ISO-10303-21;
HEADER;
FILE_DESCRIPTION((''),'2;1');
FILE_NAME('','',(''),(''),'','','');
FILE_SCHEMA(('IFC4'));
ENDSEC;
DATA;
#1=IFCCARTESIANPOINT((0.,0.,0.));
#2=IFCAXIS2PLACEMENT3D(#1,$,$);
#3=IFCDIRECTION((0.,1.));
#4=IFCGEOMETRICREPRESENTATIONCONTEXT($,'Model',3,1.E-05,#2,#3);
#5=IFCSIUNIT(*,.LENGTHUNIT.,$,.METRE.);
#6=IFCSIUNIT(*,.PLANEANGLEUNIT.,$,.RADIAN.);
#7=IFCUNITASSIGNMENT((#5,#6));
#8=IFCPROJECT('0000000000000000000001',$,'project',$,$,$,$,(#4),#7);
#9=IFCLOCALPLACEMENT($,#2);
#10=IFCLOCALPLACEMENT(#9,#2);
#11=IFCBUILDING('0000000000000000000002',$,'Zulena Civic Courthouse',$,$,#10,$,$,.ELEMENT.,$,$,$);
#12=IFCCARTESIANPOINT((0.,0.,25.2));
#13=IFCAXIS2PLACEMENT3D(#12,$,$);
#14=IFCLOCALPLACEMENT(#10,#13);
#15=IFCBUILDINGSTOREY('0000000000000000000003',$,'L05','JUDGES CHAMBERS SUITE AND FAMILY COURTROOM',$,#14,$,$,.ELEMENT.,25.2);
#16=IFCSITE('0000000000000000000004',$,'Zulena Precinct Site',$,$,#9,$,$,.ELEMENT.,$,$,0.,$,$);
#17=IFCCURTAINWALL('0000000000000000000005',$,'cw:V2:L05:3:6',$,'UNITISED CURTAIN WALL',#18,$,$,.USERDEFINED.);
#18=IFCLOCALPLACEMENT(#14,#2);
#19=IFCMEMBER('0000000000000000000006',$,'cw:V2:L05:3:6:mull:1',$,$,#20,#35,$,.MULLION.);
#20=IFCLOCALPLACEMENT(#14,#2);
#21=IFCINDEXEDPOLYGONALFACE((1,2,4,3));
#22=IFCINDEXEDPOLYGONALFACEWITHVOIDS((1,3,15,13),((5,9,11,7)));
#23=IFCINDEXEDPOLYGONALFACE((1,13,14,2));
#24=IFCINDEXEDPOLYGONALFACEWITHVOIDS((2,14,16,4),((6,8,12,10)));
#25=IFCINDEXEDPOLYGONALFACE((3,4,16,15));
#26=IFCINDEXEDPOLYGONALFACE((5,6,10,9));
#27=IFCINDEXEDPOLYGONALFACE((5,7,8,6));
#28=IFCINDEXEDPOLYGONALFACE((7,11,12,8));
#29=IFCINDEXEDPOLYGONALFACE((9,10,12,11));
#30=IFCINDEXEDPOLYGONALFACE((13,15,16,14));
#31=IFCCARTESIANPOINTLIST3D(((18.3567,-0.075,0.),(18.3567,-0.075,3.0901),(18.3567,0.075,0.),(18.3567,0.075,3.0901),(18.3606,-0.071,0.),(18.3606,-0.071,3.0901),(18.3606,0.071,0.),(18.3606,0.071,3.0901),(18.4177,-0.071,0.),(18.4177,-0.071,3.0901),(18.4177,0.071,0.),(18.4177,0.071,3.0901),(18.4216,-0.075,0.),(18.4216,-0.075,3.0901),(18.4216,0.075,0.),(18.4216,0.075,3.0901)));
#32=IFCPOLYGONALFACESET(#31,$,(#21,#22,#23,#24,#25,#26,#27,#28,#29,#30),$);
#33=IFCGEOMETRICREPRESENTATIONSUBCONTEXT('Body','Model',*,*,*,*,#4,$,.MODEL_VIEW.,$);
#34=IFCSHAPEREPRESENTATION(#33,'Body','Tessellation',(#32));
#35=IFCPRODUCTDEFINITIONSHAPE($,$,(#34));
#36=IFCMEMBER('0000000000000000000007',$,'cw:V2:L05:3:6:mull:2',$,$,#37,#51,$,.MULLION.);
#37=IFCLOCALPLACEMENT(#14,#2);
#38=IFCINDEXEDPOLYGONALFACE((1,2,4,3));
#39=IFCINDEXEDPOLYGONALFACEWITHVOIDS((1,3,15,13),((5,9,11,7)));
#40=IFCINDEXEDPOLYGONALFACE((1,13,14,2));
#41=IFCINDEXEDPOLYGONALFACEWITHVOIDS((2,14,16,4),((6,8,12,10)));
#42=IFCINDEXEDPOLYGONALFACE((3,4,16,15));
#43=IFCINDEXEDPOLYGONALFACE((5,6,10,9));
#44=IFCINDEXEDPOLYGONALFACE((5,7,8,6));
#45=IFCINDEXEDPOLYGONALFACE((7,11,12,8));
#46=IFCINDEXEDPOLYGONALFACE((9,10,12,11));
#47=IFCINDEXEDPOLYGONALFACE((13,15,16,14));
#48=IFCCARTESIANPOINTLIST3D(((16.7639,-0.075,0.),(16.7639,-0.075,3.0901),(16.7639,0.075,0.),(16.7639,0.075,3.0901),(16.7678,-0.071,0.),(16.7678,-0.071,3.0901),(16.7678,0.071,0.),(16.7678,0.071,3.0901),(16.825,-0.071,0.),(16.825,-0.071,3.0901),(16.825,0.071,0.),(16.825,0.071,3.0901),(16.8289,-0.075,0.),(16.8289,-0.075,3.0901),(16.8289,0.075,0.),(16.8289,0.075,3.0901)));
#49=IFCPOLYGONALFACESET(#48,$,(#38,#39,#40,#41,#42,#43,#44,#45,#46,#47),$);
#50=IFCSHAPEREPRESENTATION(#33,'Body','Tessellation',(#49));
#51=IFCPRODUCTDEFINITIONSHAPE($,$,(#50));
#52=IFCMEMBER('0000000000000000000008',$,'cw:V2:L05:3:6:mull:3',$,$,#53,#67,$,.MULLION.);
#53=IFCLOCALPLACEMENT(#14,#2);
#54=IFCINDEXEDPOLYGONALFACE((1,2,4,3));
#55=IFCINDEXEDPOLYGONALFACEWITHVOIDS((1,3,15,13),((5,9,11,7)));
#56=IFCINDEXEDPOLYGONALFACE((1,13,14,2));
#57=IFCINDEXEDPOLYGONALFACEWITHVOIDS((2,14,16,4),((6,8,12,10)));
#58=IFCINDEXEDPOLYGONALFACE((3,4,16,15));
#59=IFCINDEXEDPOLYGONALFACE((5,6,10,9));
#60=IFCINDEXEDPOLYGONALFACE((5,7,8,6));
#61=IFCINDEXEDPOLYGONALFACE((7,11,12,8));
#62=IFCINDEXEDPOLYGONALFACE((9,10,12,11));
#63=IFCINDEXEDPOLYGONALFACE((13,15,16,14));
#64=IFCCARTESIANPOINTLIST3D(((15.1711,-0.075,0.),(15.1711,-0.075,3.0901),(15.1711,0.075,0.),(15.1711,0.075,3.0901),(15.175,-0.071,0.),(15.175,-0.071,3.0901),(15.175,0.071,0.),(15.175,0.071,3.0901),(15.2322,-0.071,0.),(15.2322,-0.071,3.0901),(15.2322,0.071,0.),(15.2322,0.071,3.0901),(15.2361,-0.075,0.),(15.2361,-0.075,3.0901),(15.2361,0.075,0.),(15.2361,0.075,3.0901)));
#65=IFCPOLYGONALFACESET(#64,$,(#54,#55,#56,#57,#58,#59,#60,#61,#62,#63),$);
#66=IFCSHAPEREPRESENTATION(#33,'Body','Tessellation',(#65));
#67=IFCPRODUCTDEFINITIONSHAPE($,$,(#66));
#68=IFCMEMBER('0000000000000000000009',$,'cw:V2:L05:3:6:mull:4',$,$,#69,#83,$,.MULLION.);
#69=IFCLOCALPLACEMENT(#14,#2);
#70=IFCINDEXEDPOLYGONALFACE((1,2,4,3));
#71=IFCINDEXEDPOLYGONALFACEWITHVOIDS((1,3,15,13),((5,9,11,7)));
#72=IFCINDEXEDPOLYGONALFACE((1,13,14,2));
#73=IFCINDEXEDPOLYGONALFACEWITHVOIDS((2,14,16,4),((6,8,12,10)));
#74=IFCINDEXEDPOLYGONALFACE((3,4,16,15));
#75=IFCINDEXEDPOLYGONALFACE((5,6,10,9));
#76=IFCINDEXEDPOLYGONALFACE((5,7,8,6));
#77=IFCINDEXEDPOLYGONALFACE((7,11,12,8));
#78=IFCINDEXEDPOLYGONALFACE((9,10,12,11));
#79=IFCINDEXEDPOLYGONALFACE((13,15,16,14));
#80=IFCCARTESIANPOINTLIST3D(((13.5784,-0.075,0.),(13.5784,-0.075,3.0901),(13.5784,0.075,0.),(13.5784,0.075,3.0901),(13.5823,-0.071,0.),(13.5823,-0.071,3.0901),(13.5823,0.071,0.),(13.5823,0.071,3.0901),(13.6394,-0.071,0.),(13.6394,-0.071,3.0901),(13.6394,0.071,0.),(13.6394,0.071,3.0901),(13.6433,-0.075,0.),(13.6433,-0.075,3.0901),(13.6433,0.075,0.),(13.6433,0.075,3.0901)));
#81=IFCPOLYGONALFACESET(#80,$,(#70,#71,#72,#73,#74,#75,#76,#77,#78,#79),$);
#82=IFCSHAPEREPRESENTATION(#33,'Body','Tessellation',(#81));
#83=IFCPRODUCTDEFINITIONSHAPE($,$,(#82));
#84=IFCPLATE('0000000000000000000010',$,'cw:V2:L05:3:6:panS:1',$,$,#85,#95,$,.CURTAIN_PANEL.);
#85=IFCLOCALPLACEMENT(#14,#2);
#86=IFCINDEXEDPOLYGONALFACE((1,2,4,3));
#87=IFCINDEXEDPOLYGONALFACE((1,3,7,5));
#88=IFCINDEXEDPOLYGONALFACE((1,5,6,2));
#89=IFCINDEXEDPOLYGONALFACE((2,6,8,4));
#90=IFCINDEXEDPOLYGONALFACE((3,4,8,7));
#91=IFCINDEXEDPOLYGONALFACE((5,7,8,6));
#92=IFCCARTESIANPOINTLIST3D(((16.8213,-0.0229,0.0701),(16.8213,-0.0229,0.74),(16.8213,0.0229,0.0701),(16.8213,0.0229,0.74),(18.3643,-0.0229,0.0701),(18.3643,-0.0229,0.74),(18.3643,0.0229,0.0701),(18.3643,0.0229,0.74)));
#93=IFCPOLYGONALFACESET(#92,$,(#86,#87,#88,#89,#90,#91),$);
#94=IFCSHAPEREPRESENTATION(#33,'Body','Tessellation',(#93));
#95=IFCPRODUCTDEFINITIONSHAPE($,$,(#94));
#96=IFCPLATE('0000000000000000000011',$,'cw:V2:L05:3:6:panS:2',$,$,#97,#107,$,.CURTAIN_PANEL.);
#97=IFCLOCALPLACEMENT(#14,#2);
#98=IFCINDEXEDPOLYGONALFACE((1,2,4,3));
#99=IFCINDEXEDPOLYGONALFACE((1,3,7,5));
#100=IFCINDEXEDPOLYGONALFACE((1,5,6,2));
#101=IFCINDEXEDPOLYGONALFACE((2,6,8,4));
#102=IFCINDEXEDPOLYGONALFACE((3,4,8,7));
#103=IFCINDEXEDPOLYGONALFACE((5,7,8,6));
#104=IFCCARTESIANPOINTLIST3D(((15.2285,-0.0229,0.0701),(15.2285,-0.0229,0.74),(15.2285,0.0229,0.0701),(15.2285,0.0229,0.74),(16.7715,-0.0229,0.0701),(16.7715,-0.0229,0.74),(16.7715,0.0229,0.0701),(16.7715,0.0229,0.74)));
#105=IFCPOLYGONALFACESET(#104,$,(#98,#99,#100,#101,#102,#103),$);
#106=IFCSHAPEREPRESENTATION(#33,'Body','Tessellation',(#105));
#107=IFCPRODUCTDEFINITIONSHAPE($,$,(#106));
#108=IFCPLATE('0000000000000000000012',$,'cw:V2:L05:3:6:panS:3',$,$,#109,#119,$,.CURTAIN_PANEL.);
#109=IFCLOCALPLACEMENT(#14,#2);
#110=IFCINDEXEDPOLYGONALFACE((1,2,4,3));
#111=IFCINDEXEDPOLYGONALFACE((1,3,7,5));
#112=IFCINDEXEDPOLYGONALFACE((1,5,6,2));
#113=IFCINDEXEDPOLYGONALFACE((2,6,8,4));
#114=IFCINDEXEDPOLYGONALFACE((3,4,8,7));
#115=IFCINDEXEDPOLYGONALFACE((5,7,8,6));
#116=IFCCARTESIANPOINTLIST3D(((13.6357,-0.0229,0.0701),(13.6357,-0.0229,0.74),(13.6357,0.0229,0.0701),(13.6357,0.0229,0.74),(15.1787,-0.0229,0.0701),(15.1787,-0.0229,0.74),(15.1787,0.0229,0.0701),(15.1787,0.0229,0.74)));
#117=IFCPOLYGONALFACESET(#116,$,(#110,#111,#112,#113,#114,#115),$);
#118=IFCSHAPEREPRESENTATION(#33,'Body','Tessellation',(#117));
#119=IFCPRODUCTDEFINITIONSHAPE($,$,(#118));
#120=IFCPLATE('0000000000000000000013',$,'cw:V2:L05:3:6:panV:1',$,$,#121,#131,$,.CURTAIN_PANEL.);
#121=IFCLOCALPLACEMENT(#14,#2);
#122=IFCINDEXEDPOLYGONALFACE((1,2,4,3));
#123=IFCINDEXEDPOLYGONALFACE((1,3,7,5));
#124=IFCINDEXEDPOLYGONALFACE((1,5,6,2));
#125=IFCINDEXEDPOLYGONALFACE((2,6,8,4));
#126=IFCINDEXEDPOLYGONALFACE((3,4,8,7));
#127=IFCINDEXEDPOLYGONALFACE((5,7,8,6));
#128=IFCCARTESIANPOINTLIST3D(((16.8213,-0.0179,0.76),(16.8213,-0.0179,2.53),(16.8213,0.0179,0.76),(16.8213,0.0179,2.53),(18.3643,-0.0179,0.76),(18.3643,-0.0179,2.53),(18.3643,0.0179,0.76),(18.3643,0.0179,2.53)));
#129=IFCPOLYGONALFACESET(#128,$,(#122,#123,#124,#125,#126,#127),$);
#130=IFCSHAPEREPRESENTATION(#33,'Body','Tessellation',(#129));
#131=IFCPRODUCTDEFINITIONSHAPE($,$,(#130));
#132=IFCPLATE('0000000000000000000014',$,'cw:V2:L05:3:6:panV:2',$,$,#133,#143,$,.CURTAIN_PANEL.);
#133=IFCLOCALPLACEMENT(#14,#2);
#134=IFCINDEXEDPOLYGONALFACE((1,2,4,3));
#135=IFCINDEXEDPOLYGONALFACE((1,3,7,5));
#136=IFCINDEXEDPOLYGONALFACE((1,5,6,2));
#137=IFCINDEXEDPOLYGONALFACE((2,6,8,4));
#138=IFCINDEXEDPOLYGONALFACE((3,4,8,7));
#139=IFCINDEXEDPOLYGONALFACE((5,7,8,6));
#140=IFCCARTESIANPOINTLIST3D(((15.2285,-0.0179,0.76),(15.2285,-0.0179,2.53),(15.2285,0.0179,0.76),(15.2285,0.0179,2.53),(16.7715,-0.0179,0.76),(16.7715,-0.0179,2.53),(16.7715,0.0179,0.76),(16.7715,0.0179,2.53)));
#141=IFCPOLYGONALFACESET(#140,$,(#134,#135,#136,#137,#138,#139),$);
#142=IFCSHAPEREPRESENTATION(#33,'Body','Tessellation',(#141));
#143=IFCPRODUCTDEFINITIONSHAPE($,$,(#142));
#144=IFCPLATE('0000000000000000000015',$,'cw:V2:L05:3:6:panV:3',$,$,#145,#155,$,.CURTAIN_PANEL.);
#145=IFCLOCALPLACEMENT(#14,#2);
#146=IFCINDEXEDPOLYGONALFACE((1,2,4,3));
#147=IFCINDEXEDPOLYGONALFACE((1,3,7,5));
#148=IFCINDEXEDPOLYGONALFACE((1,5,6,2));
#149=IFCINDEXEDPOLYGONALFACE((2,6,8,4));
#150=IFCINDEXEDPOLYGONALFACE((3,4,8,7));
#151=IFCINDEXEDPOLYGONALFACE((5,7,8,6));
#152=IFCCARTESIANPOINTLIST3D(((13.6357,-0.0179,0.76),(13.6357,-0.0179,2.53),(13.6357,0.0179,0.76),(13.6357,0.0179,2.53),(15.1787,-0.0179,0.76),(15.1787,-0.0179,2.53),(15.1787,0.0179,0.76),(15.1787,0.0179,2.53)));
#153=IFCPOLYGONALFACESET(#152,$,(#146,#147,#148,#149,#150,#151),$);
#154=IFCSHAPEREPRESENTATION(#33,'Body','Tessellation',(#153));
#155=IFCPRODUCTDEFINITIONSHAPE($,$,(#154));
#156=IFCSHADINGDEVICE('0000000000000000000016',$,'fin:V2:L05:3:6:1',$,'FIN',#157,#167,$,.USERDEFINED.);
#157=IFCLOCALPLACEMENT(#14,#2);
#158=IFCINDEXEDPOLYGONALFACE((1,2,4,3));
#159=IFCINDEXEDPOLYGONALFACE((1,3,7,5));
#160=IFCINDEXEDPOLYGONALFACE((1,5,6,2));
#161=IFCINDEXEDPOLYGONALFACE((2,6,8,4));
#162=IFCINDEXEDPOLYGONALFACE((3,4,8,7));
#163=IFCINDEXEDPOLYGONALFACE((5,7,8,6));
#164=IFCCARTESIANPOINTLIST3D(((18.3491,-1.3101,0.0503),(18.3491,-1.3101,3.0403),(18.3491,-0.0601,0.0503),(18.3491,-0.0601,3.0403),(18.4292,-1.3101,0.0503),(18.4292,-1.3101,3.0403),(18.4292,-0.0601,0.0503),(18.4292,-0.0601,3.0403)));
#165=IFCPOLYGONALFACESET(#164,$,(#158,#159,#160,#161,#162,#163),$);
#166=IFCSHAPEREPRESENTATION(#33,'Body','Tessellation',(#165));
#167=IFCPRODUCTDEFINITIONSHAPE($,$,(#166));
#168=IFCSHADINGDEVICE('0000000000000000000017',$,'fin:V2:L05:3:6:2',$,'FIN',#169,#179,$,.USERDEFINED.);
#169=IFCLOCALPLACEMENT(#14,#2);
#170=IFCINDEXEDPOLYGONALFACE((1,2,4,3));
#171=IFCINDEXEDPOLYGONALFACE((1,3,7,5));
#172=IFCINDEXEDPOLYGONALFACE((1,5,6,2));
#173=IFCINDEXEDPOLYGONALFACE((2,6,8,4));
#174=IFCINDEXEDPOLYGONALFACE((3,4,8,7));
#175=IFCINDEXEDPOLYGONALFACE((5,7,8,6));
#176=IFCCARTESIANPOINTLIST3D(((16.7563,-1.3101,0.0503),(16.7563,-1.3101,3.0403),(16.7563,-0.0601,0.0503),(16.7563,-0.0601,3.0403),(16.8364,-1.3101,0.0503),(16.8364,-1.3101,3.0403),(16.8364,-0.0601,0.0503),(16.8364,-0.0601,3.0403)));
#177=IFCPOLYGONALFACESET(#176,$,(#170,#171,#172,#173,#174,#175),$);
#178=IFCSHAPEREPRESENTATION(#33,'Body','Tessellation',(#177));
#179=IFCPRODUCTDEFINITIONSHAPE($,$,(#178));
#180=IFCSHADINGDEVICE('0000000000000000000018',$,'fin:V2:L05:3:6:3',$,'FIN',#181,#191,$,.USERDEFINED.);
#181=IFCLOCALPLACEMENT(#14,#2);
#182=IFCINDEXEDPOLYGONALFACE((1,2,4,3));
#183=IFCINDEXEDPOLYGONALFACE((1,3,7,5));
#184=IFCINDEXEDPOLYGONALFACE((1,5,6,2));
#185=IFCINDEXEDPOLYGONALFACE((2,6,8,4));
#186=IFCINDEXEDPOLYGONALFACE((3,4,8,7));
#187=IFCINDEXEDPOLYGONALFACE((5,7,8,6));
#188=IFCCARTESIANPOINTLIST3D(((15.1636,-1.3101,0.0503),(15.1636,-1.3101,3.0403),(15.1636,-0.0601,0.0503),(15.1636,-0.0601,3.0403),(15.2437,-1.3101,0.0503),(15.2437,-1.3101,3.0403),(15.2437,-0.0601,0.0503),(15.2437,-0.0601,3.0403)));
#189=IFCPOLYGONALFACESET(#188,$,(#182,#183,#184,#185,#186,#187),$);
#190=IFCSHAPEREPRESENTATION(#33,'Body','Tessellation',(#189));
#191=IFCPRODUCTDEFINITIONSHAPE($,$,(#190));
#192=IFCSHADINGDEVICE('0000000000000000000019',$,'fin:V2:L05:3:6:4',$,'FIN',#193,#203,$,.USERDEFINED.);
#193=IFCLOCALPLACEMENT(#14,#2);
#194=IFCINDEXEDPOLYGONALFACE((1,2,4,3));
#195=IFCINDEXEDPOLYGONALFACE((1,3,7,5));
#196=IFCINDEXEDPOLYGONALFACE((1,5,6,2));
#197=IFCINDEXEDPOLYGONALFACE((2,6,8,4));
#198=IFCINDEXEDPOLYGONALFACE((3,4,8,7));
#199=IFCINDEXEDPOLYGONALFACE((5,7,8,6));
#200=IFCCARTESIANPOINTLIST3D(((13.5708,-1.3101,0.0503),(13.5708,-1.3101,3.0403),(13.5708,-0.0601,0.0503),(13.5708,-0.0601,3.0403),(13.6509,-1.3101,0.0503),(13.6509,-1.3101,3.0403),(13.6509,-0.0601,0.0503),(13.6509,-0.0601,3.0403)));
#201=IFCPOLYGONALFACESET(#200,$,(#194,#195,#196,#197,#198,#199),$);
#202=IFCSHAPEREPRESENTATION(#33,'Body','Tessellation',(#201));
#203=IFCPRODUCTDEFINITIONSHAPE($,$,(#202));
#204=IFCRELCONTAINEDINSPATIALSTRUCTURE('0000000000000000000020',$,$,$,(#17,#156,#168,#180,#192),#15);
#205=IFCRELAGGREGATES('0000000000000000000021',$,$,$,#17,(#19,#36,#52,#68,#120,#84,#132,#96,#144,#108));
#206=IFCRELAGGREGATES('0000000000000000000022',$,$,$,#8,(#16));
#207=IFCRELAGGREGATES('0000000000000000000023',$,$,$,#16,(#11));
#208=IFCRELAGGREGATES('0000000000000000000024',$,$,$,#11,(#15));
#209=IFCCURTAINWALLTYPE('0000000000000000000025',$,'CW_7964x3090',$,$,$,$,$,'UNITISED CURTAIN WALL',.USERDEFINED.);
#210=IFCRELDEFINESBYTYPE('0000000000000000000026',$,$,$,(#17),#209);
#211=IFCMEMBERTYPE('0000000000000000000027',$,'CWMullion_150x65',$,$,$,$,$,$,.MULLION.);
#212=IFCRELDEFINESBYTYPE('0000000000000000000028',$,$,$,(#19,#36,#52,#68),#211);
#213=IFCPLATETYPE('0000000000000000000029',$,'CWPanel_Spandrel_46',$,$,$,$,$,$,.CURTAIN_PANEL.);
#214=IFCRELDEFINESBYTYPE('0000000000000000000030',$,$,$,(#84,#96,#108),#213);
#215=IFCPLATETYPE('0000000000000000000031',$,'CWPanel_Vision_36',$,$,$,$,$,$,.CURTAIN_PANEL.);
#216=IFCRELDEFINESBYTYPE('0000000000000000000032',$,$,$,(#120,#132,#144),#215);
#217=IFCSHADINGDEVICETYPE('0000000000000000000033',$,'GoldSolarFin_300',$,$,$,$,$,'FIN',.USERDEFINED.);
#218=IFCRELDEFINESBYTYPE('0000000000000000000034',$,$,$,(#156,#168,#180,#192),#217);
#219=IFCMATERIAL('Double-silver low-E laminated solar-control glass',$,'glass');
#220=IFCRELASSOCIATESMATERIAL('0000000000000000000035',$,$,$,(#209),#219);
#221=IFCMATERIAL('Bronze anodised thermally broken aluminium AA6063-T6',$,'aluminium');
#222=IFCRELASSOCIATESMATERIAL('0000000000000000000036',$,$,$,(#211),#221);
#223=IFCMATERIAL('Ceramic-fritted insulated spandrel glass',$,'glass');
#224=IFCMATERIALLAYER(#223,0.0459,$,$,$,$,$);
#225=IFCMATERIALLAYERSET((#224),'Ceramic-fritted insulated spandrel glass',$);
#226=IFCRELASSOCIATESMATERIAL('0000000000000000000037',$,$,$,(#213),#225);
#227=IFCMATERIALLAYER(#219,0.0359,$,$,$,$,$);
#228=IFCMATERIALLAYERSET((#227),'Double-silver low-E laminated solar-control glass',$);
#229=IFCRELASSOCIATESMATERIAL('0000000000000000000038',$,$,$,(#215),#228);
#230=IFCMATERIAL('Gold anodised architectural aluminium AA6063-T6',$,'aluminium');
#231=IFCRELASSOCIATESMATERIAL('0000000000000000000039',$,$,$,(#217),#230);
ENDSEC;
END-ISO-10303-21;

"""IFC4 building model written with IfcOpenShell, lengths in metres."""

from ifc_helpers import new_model, si_unit, direction, frame, origin, origin_2d, place, context, subcontext, project, spatial, rectangle, hollow_rectangle, extrude, material, layer, layer_set, material_profile, profile_set, type_object, element, aggregate, save


model = new_model("IFC4")

# Units and contexts
model_context = context("Model", 3, precision=1e-05, world=origin(), true_north=direction((0.0, 1.0)))
body_context = subcontext(model_context, "Body", "Model", "MODEL_VIEW")
ifc_project = project(units=[si_unit("LENGTHUNIT", "METRE"), si_unit("PLANEANGLEUNIT", "RADIAN")], contexts=[model_context])

# Site, building, storey
site_placement = place(None, origin())
site = spatial("IfcSite", under=ifc_project, at=site_placement, Name="Zulena Precinct Site", CompositionType="ELEMENT", RefElevation=0.0)
building_placement = place(site_placement, origin())
building = spatial("IfcBuilding", under=site, at=building_placement, Name="Zulena Civic Courthouse", CompositionType="ELEMENT")
storey_placement = place(building_placement, frame((0.0, 0.0, 25.2)))
storey = spatial("IfcBuildingStorey", under=building, at=storey_placement, Name="L05", Description="JUDGES CHAMBERS SUITE AND FAMILY COURTROOM", CompositionType="ELEMENT", Elevation=25.2)

# Curtain wall, members, plates
ifc_material_1 = material(Name="Double-silver low-E laminated solar-control glass", Category="glass")
curtain_wall_type = type_object("IfcCurtainWallType", Name="CW_7964x3090", ElementType="UNITISED CURTAIN WALL", PredefinedType="USERDEFINED", material=ifc_material_1)
curtain_wall_placement = place(storey_placement, origin())
curtain_wall = element("IfcCurtainWall", 1, at=curtain_wall_placement, inside=storey, type_object=curtain_wall_type, Name="cw:V2:L05:3:6", ObjectType="UNITISED CURTAIN WALL", PredefinedType="USERDEFINED")
ifc_material_2 = material(Name="Bronze anodised thermally broken aluminium AA6063-T6", Category="aluminium")
ifc_material_profile = material_profile(ifc_material_2, hollow_rectangle(XDim=0.0649, YDim=0.1499, WallThickness=0.0039, at=origin_2d()), Name="CWM150X65X4")
ifc_profile_set = profile_set([ifc_material_profile], Name="Bronze anodised thermally broken aluminium AA6063-T6")
member_type = type_object("IfcMemberType", Name="CWMullion_150x65", PredefinedType="MULLION", material=ifc_profile_set)
member_1_placement = place(storey_placement, frame((18.3892, 0.0, 0.0), z_axis=(0.0, 0.0, 1.0), x_axis=(1.0, 0.0, 0.0)))
member_1 = element("IfcMember", 2, at=member_1_placement, type_object=member_type, Name="cw:V2:L05:3:6:mull:1", PredefinedType="MULLION", context=body_context, shape_type="SweptSolid", body=[
    extrude(hollow_rectangle(XDim=0.0649, YDim=0.1499, WallThickness=0.0039, at=origin_2d()), origin(), (0.0, 0.0, 1.0), 3.0901),
])
member_2_placement = place(storey_placement, frame((16.7964, 0.0, 0.0), z_axis=(0.0, 0.0, 1.0), x_axis=(1.0, 0.0, 0.0)))
member_2 = element("IfcMember", 3, at=member_2_placement, type_object=member_type, Name="cw:V2:L05:3:6:mull:2", PredefinedType="MULLION", context=body_context, shape_type="SweptSolid", body=[
    extrude(hollow_rectangle(XDim=0.0649, YDim=0.1499, WallThickness=0.0039, at=origin_2d()), origin(), (0.0, 0.0, 1.0), 3.0901),
])
member_3_placement = place(storey_placement, frame((15.2036, 0.0, 0.0), z_axis=(0.0, 0.0, 1.0), x_axis=(1.0, 0.0, 0.0)))
member_3 = element("IfcMember", 4, at=member_3_placement, type_object=member_type, Name="cw:V2:L05:3:6:mull:3", PredefinedType="MULLION", context=body_context, shape_type="SweptSolid", body=[
    extrude(hollow_rectangle(XDim=0.0649, YDim=0.1499, WallThickness=0.0039, at=origin_2d()), origin(), (0.0, 0.0, 1.0), 3.0901),
])
member_4_placement = place(storey_placement, frame((13.6108, 0.0, 0.0), z_axis=(0.0, 0.0, 1.0), x_axis=(1.0, 0.0, 0.0)))
member_4 = element("IfcMember", 5, at=member_4_placement, type_object=member_type, Name="cw:V2:L05:3:6:mull:4", PredefinedType="MULLION", context=body_context, shape_type="SweptSolid", body=[
    extrude(hollow_rectangle(XDim=0.0649, YDim=0.1499, WallThickness=0.0039, at=origin_2d()), origin(), (0.0, 0.0, 1.0), 3.0901),
])
ifc_material_3 = material(Name="Ceramic-fritted insulated spandrel glass", Category="glass")
ifc_layer_1 = layer(ifc_material_3, 0.0459)
ifc_layer_set_1 = layer_set([ifc_layer_1], Name="Ceramic-fritted insulated spandrel glass")
plate_type_1 = type_object("IfcPlateType", Name="CWPanel_Spandrel_46", PredefinedType="CURTAIN_PANEL", material=ifc_layer_set_1)
plate_1_placement = place(storey_placement, frame((17.5928, 0.0, 0.0701), z_axis=(0.0, 0.0, 1.0), x_axis=(-1.0, 0.0, 0.0)))
plate_1 = element("IfcPlate", 6, at=plate_1_placement, type_object=plate_type_1, Name="cw:V2:L05:3:6:panS:1", PredefinedType="CURTAIN_PANEL", context=body_context, shape_type="SweptSolid", body=[
    extrude(rectangle(XDim=1.543, YDim=0.0459, at=origin_2d()), origin(), (0.0, 0.0, 1.0), 0.6699),
])
plate_2_placement = place(storey_placement, frame((16.0, 0.0, 0.0701), z_axis=(0.0, 0.0, 1.0), x_axis=(-1.0, 0.0, 0.0)))
plate_2 = element("IfcPlate", 7, at=plate_2_placement, type_object=plate_type_1, Name="cw:V2:L05:3:6:panS:2", PredefinedType="CURTAIN_PANEL", context=body_context, shape_type="SweptSolid", body=[
    extrude(rectangle(XDim=1.543, YDim=0.0459, at=origin_2d()), origin(), (0.0, 0.0, 1.0), 0.6699),
])
plate_3_placement = place(storey_placement, frame((14.4072, 0.0, 0.0701), z_axis=(0.0, 0.0, 1.0), x_axis=(-1.0, 0.0, 0.0)))
plate_3 = element("IfcPlate", 8, at=plate_3_placement, type_object=plate_type_1, Name="cw:V2:L05:3:6:panS:3", PredefinedType="CURTAIN_PANEL", context=body_context, shape_type="SweptSolid", body=[
    extrude(rectangle(XDim=1.543, YDim=0.0459, at=origin_2d()), origin(), (0.0, 0.0, 1.0), 0.6699),
])
ifc_layer_2 = layer(ifc_material_1, 0.0359)
ifc_layer_set_2 = layer_set([ifc_layer_2], Name="Double-silver low-E laminated solar-control glass")
plate_type_2 = type_object("IfcPlateType", Name="CWPanel_Vision_36", PredefinedType="CURTAIN_PANEL", material=ifc_layer_set_2)
plate_4_placement = place(storey_placement, frame((17.5928, 0.0, 0.76), z_axis=(0.0, 0.0, 1.0), x_axis=(-1.0, 0.0, 0.0)))
plate_4 = element("IfcPlate", 9, at=plate_4_placement, type_object=plate_type_2, Name="cw:V2:L05:3:6:panV:1", PredefinedType="CURTAIN_PANEL", context=body_context, shape_type="SweptSolid", body=[
    extrude(rectangle(XDim=1.543, YDim=0.0359, at=origin_2d()), origin(), (0.0, 0.0, 1.0), 1.77),
])
plate_5_placement = place(storey_placement, frame((16.0, 0.0, 0.76), z_axis=(0.0, 0.0, 1.0), x_axis=(-1.0, 0.0, 0.0)))
plate_5 = element("IfcPlate", 10, at=plate_5_placement, type_object=plate_type_2, Name="cw:V2:L05:3:6:panV:2", PredefinedType="CURTAIN_PANEL", context=body_context, shape_type="SweptSolid", body=[
    extrude(rectangle(XDim=1.543, YDim=0.0359, at=origin_2d()), origin(), (0.0, 0.0, 1.0), 1.77),
])
plate_6_placement = place(storey_placement, frame((14.4072, 0.0, 0.76), z_axis=(0.0, 0.0, 1.0), x_axis=(-1.0, 0.0, 0.0)))
plate_6 = element("IfcPlate", 11, at=plate_6_placement, type_object=plate_type_2, Name="cw:V2:L05:3:6:panV:3", PredefinedType="CURTAIN_PANEL", context=body_context, shape_type="SweptSolid", body=[
    extrude(rectangle(XDim=1.543, YDim=0.0359, at=origin_2d()), origin(), (0.0, 0.0, 1.0), 1.77),
])
aggregate(curtain_wall, [member_1, member_2, member_3, member_4, plate_4, plate_1, plate_5, plate_2, plate_6, plate_3])

# Shading devices
ifc_material_4 = material(Name="Gold anodised architectural aluminium AA6063-T6", Category="aluminium")
shading_device_type = type_object("IfcShadingDeviceType", Name="GoldSolarFin_300", ElementType="FIN", PredefinedType="USERDEFINED", material=ifc_material_4)
for number, where, z_axis, x_axis, name in (
    (12, (18.3892, -0.6851, 0.0503), (0.0, 0.0, 1.0), (0.0, -1.0, 0.0), "fin:V2:L05:3:6:1"),
    (13, (16.7964, -0.6851, 0.0503), (0.0, 0.0, 1.0), (0.0, -1.0, 0.0), "fin:V2:L05:3:6:2"),
    (14, (15.2036, -0.6851, 0.0503), (0.0, 0.0, 1.0), (0.0, -1.0, 0.0), "fin:V2:L05:3:6:3"),
    (15, (13.6108, -0.6851, 0.0503), (0.0, 0.0, 1.0), (0.0, -1.0, 0.0), "fin:V2:L05:3:6:4"),
):
    element("IfcShadingDevice", number, at=place(storey_placement, frame(where, z_axis=z_axis, x_axis=x_axis)), inside=storey, type_object=shading_device_type, Name=name, ObjectType="FIN", PredefinedType="USERDEFINED", context=body_context, shape_type="SweptSolid", body=[
        extrude(rectangle(XDim=1.25, YDim=0.0801, at=origin_2d()), origin(), (0.0, 0.0, 1.0), 2.99),
    ])

save(model, "model.ifc")
